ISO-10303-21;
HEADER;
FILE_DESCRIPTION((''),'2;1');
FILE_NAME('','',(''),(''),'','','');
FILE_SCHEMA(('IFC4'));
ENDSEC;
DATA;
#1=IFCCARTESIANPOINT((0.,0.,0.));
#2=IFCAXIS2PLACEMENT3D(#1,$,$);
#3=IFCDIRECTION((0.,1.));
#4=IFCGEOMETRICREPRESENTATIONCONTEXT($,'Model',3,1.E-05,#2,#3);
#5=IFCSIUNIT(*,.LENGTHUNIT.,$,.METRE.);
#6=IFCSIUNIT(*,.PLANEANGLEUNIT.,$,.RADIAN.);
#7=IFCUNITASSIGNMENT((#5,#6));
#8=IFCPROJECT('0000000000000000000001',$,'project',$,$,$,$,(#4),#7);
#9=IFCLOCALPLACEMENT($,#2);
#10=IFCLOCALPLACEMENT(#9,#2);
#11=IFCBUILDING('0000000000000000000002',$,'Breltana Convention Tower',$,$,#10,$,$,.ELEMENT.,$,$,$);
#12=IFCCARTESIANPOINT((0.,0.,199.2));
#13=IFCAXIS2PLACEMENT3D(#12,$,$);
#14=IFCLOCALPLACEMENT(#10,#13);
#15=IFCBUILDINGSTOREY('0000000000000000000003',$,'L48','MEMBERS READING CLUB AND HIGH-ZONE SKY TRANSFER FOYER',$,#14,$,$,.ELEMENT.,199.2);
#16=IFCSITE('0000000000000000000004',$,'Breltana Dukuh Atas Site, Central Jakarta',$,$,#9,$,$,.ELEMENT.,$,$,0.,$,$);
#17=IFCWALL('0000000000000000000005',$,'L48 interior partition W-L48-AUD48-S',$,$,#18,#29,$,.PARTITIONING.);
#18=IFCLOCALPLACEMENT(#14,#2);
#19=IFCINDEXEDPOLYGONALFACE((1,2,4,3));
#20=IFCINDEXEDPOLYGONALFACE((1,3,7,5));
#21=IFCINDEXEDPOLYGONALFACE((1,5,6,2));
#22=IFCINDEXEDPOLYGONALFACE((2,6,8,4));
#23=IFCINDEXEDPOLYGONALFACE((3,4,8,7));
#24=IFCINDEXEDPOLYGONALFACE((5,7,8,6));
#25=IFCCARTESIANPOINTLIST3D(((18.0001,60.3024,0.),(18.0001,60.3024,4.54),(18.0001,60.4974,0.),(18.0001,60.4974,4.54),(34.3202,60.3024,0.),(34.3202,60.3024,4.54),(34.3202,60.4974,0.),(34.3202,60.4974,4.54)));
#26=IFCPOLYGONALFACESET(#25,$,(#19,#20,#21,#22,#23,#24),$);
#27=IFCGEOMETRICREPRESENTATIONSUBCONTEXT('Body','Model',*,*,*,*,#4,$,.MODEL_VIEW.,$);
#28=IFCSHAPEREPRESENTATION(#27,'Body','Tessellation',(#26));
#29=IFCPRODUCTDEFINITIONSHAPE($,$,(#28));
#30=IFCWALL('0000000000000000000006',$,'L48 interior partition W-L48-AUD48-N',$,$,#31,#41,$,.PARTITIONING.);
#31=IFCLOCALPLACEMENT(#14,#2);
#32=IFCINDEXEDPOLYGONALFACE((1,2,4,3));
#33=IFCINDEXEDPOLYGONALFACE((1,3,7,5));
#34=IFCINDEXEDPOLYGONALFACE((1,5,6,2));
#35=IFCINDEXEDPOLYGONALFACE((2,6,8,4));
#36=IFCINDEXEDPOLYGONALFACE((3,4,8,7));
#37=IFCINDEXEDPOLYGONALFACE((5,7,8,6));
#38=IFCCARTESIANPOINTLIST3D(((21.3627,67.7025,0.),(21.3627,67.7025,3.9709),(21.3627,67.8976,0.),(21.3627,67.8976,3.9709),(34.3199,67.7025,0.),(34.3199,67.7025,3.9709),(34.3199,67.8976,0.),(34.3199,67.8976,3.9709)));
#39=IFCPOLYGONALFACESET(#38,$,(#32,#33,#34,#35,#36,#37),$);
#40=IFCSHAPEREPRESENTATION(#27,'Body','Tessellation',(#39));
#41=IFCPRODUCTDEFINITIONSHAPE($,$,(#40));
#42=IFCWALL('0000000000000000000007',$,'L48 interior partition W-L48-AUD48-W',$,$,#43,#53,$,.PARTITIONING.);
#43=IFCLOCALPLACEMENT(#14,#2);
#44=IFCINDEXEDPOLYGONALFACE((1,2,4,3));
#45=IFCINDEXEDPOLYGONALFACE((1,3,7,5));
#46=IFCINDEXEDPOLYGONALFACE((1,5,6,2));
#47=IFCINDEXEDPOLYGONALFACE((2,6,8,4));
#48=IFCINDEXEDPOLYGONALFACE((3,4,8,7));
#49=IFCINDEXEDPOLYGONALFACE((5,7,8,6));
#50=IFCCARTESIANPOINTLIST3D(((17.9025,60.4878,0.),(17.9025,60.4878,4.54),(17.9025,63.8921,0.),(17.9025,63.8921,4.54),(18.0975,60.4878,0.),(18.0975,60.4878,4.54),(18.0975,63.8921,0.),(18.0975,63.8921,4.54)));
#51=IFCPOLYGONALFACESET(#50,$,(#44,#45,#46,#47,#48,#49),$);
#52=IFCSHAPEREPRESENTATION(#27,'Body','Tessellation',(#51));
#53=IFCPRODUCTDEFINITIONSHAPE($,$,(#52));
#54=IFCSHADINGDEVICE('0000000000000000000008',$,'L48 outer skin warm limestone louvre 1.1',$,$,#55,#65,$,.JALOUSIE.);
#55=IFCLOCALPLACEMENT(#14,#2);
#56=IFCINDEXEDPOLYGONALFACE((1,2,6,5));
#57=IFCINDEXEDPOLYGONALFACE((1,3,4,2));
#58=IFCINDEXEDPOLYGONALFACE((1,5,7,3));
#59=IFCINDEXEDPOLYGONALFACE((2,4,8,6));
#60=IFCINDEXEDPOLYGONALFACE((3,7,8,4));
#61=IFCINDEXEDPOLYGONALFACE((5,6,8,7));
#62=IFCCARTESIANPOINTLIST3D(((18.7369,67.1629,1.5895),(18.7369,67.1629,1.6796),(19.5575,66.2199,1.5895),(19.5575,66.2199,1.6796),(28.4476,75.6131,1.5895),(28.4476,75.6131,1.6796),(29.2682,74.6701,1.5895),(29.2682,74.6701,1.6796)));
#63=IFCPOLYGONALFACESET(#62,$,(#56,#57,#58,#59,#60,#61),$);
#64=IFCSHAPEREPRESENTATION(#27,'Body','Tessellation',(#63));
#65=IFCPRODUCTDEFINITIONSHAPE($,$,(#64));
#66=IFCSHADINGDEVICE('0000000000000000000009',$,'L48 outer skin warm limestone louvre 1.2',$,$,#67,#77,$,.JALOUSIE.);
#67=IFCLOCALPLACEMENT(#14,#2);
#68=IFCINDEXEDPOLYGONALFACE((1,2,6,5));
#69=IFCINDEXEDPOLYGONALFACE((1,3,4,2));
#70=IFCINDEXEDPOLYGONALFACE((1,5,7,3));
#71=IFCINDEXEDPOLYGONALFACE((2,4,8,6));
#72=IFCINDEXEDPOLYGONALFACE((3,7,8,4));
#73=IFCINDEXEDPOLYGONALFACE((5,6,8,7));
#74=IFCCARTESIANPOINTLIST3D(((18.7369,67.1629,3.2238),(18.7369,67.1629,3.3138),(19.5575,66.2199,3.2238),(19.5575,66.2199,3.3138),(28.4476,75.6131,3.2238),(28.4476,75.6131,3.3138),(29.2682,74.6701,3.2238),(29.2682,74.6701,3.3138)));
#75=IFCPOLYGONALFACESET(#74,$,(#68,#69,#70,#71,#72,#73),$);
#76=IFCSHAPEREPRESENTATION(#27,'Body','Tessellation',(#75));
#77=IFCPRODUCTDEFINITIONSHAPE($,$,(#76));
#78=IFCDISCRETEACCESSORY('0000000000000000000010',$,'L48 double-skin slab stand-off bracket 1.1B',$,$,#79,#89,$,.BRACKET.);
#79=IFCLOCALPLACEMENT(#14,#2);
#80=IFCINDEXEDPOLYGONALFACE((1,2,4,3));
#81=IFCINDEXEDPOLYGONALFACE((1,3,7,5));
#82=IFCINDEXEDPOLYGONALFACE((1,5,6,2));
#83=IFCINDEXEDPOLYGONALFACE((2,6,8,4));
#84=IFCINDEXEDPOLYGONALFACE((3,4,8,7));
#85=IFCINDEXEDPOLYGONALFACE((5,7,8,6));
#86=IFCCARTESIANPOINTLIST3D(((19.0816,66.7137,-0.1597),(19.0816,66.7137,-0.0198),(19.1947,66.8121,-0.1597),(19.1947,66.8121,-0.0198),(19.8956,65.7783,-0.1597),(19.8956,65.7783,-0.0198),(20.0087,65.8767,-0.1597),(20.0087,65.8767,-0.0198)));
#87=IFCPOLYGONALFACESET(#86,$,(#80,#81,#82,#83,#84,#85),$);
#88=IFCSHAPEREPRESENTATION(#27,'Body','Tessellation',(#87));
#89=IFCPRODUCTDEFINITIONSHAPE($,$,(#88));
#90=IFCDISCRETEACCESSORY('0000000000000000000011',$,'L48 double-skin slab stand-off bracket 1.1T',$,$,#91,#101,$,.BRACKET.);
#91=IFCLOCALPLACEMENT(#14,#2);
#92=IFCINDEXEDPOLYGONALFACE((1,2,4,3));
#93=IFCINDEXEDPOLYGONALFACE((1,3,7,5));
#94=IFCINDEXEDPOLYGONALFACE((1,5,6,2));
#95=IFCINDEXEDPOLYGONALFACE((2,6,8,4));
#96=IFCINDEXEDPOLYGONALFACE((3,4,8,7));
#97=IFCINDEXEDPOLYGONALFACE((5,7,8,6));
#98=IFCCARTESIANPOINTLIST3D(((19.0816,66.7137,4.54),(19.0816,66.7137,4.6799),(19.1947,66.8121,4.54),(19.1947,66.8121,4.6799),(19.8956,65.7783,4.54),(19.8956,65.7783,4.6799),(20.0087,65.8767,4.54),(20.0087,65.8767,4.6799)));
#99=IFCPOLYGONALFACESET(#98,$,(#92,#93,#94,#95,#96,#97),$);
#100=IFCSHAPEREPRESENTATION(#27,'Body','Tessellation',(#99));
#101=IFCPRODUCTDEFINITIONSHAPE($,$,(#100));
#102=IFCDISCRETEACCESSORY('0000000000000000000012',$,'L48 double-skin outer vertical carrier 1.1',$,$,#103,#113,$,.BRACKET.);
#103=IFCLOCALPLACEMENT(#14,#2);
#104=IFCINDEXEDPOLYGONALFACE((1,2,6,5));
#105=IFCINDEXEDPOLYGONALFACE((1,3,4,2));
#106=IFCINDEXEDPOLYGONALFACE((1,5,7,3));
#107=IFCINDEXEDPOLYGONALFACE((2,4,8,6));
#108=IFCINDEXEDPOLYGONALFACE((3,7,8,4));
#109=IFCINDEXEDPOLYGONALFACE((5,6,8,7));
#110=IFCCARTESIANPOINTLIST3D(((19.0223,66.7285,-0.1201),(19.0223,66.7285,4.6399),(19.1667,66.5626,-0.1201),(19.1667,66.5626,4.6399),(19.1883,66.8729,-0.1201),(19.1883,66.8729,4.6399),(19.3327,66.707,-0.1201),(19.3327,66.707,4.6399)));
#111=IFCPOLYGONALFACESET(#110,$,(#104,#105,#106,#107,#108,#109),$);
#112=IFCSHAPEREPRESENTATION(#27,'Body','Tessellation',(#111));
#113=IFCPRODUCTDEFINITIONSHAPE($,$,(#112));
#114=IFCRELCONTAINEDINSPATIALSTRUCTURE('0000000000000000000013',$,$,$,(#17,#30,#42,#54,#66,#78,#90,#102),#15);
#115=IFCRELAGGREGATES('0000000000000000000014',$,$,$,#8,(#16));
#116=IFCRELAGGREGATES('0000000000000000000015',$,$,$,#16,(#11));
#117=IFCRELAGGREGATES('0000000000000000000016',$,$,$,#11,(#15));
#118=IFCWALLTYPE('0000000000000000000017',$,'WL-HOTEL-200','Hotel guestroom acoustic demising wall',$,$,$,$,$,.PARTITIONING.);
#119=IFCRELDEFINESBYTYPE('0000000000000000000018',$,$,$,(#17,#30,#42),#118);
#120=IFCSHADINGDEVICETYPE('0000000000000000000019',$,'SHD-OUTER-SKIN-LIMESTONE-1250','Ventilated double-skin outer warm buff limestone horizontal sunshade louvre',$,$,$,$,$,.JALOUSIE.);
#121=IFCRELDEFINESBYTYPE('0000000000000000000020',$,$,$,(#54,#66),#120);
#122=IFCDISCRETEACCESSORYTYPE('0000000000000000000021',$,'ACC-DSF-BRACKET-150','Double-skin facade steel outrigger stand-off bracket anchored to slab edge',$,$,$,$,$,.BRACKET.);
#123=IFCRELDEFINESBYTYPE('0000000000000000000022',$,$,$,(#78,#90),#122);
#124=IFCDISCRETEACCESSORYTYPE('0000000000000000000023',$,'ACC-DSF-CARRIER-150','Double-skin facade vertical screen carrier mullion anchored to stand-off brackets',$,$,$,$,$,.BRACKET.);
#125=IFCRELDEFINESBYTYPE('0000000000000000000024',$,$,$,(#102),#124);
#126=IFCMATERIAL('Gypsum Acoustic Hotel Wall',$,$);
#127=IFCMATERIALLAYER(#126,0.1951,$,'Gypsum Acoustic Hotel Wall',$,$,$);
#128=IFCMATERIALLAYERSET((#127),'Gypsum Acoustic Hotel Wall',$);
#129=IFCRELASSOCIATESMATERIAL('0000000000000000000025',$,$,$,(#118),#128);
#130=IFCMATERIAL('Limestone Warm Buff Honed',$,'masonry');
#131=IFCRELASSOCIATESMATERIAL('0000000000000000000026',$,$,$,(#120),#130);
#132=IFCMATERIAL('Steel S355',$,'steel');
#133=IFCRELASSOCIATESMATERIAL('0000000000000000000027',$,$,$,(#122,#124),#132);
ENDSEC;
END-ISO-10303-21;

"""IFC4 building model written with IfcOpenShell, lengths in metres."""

from ifc_helpers import new_model, si_unit, direction, frame, frame_2d, origin, origin_2d, place, context, subcontext, project, spatial, rectangle, extrude, source, transform, mapped, material, layer, layer_set, material_profile, profile_set, type_object, type_shapes, element, save


model = new_model("IFC4")

# Units and contexts
model_context = context("Model", 3, precision=1e-05, world=origin(), true_north=direction((0.0, 1.0)))
body_context = subcontext(model_context, "Body", "Model", "MODEL_VIEW")
ifc_project = project(units=[si_unit("LENGTHUNIT", "METRE"), si_unit("PLANEANGLEUNIT", "RADIAN")], contexts=[model_context])

# Site, building, storey
site_placement = place(None, origin())
site = spatial("IfcSite", under=ifc_project, at=site_placement, Name="Breltana Dukuh Atas Site, Central Jakarta", CompositionType="ELEMENT", RefElevation=0.0)
building_placement = place(site_placement, origin())
building = spatial("IfcBuilding", under=site, at=building_placement, Name="Breltana Convention Tower", CompositionType="ELEMENT")
storey_placement = place(building_placement, frame((0.0, 0.0, 199.2)))
storey = spatial("IfcBuildingStorey", under=building, at=storey_placement, Name="L48", Description="MEMBERS READING CLUB AND HIGH-ZONE SKY TRANSFER FOYER", CompositionType="ELEMENT", Elevation=199.2)

# Walls
ifc_material_1 = material(Name="Gypsum Acoustic Hotel Wall")
ifc_layer_1 = layer(ifc_material_1, 0.1951, Name="Gypsum Acoustic Hotel Wall")
ifc_layer_set_1 = layer_set([ifc_layer_1], Name="Gypsum Acoustic Hotel Wall")
wall_type_1 = type_object("IfcWallType", Name="WL-HOTEL-200", Description="Hotel guestroom acoustic demising wall", PredefinedType="PARTITIONING", material=ifc_layer_set_1)
shared_shape_1 = source(origin(), body_context, "Body", "SweptSolid", [
    extrude(rectangle(XDim=16.3201, YDim=0.1951, at=frame_2d((8.1602, 0.0))), origin(), (0.0, 0.0, 1.0), 4.54),
])
wall_1_placement = place(storey_placement, frame((18.0, 60.3999, 0.0), z_axis=(0.0, 0.0, 1.0), x_axis=(1.0, 0.0, 0.0)))
element("IfcWall", 1, at=wall_1_placement, inside=storey, type_object=wall_type_1, Name="L48 interior partition W-L48-AUD48-S", PredefinedType="PARTITIONING", context=body_context, shape_type="MappedRepresentation", body=[
    mapped(shared_shape_1, transform((0.0, 0.0, 0.0), scale=1.0)),
])
shared_shape_2 = source(origin(), body_context, "Body", "SweptSolid", [
    extrude(rectangle(XDim=12.9573, YDim=0.1951, at=frame_2d((6.4785, 0.0))), origin(), (0.0, 0.0, 1.0), 3.9709),
])
wall_2_placement = place(storey_placement, frame((21.3628, 67.8, 0.0), z_axis=(0.0, 0.0, 1.0), x_axis=(1.0, 0.0, 0.0)))
element("IfcWall", 2, at=wall_2_placement, inside=storey, type_object=wall_type_1, Name="L48 interior partition W-L48-AUD48-N", PredefinedType="PARTITIONING", context=body_context, shape_type="MappedRepresentation", body=[
    mapped(shared_shape_2, transform((0.0, 0.0, 0.0), scale=1.0)),
])
shared_shape_3 = source(origin(), body_context, "Body", "SweptSolid", [
    extrude(rectangle(XDim=3.4043, YDim=0.1951, at=frame_2d((1.7021, 0.0))), origin(), (0.0, 0.0, 1.0), 4.54),
])
wall_3_placement = place(storey_placement, frame((18.0, 60.4878, 0.0), z_axis=(0.0, 0.0, 1.0), x_axis=(0.0, 1.0, 0.0)))
element("IfcWall", 3, at=wall_3_placement, inside=storey, type_object=wall_type_1, Name="L48 interior partition W-L48-AUD48-W", PredefinedType="PARTITIONING", context=body_context, shape_type="MappedRepresentation", body=[
    mapped(shared_shape_3, transform((0.0, 0.0, 0.0), scale=1.0)),
])

# Shading devices
ifc_material_2 = material(Name="Limestone Warm Buff Honed", Category="masonry")
ifc_material_profile_1 = material_profile(ifc_material_2, rectangle(XDim=1.25, YDim=0.0901, at=origin_2d()), Name="STN-LVR-1250X90")
ifc_profile_set_1 = profile_set([ifc_material_profile_1], Name="Limestone Warm Buff Honed")
shading_device_type = type_object("IfcShadingDeviceType", Name="SHD-OUTER-SKIN-LIMESTONE-1250", Description="Ventilated double-skin outer warm buff limestone horizontal sunshade louvre", PredefinedType="JALOUSIE", material=ifc_profile_set_1)
shared_shape_4 = source(origin(), body_context, "Body", "SweptSolid", [
    extrude(rectangle(XDim=1.25, YDim=0.0901, at=origin_2d()), origin(), (0.0, 0.0, 1.0), 12.8726),
])
for number, where, z_axis, x_axis, name in (
    (4, (19.1472, 66.6914, 1.6345), (0.75437, 0.656449, 0.0), (-0.656449, 0.75437, 0.0), "L48 outer skin warm limestone louvre 1.1"),
    (5, (19.1472, 66.6914, 3.2688), (0.75437, 0.656449, 0.0), (-0.656449, 0.75437, 0.0), "L48 outer skin warm limestone louvre 1.2"),
):
    element("IfcShadingDevice", number, at=place(storey_placement, frame(where, z_axis=z_axis, x_axis=x_axis)), inside=storey, type_object=shading_device_type, Name=name, PredefinedType="JALOUSIE", context=body_context, shape_type="MappedRepresentation", body=[
        mapped(shared_shape_4, transform((0.0, 0.0, 0.0), scale=1.0)),
    ])

# Discrete accessories
ifc_material_3 = material(Name="Steel S355", Category="steel")
discrete_accessory_type_1 = type_object("IfcDiscreteAccessoryType", Name="ACC-DSF-BRACKET-150", Description="Double-skin facade steel outrigger stand-off bracket anchored to slab edge", PredefinedType="BRACKET", material=ifc_material_3)
shared_shape_5 = source(origin(), body_context, "Body", "SweptSolid", [
    extrude(rectangle(XDim=1.24, YDim=0.1499, at=origin_2d()), origin(), (0.0, 0.0, 1.0), 0.1399),
])
type_shapes(discrete_accessory_type_1, [shared_shape_5])
for number, where, z_axis, x_axis, name in (
    (6, (19.5452, 66.2952, -0.1597), (0.0, 0.0, 1.0), (-0.656452, 0.754368, 0.0), "L48 double-skin slab stand-off bracket 1.1B"),
    (7, (19.5452, 66.2952, 4.54), (0.0, 0.0, 1.0), (-0.656452, 0.754368, 0.0), "L48 double-skin slab stand-off bracket 1.1T"),
):
    element("IfcDiscreteAccessory", number, at=place(storey_placement, frame(where, z_axis=z_axis, x_axis=x_axis)), inside=storey, type_object=discrete_accessory_type_1, Name=name, PredefinedType="BRACKET", context=body_context, shape_type="MappedRepresentation", body=[
        mapped(shared_shape_5, transform((0.0, 0.0, 0.0), scale=1.0)),
    ])
discrete_accessory_type_2 = type_object("IfcDiscreteAccessoryType", Name="ACC-DSF-CARRIER-150", Description="Double-skin facade vertical screen carrier mullion anchored to stand-off brackets", PredefinedType="BRACKET", material=ifc_material_3)
shared_shape_6 = source(origin(), body_context, "Body", "SweptSolid", [
    extrude(rectangle(XDim=0.22, YDim=0.22, at=origin_2d()), origin(), (0.0, 0.0, 1.0), 4.76),
])
discrete_accessory_placement = place(storey_placement, frame((19.1775, 66.7178, -0.1201), z_axis=(0.0, 0.0, 1.0), x_axis=(-0.656452, 0.754368, 0.0)))
element("IfcDiscreteAccessory", 8, at=discrete_accessory_placement, inside=storey, type_object=discrete_accessory_type_2, Name="L48 double-skin outer vertical carrier 1.1", PredefinedType="BRACKET", context=body_context, shape_type="MappedRepresentation", body=[
    mapped(shared_shape_6, transform((0.0, 0.0, 0.0), scale=1.0)),
])

save(model, "model.ifc")
